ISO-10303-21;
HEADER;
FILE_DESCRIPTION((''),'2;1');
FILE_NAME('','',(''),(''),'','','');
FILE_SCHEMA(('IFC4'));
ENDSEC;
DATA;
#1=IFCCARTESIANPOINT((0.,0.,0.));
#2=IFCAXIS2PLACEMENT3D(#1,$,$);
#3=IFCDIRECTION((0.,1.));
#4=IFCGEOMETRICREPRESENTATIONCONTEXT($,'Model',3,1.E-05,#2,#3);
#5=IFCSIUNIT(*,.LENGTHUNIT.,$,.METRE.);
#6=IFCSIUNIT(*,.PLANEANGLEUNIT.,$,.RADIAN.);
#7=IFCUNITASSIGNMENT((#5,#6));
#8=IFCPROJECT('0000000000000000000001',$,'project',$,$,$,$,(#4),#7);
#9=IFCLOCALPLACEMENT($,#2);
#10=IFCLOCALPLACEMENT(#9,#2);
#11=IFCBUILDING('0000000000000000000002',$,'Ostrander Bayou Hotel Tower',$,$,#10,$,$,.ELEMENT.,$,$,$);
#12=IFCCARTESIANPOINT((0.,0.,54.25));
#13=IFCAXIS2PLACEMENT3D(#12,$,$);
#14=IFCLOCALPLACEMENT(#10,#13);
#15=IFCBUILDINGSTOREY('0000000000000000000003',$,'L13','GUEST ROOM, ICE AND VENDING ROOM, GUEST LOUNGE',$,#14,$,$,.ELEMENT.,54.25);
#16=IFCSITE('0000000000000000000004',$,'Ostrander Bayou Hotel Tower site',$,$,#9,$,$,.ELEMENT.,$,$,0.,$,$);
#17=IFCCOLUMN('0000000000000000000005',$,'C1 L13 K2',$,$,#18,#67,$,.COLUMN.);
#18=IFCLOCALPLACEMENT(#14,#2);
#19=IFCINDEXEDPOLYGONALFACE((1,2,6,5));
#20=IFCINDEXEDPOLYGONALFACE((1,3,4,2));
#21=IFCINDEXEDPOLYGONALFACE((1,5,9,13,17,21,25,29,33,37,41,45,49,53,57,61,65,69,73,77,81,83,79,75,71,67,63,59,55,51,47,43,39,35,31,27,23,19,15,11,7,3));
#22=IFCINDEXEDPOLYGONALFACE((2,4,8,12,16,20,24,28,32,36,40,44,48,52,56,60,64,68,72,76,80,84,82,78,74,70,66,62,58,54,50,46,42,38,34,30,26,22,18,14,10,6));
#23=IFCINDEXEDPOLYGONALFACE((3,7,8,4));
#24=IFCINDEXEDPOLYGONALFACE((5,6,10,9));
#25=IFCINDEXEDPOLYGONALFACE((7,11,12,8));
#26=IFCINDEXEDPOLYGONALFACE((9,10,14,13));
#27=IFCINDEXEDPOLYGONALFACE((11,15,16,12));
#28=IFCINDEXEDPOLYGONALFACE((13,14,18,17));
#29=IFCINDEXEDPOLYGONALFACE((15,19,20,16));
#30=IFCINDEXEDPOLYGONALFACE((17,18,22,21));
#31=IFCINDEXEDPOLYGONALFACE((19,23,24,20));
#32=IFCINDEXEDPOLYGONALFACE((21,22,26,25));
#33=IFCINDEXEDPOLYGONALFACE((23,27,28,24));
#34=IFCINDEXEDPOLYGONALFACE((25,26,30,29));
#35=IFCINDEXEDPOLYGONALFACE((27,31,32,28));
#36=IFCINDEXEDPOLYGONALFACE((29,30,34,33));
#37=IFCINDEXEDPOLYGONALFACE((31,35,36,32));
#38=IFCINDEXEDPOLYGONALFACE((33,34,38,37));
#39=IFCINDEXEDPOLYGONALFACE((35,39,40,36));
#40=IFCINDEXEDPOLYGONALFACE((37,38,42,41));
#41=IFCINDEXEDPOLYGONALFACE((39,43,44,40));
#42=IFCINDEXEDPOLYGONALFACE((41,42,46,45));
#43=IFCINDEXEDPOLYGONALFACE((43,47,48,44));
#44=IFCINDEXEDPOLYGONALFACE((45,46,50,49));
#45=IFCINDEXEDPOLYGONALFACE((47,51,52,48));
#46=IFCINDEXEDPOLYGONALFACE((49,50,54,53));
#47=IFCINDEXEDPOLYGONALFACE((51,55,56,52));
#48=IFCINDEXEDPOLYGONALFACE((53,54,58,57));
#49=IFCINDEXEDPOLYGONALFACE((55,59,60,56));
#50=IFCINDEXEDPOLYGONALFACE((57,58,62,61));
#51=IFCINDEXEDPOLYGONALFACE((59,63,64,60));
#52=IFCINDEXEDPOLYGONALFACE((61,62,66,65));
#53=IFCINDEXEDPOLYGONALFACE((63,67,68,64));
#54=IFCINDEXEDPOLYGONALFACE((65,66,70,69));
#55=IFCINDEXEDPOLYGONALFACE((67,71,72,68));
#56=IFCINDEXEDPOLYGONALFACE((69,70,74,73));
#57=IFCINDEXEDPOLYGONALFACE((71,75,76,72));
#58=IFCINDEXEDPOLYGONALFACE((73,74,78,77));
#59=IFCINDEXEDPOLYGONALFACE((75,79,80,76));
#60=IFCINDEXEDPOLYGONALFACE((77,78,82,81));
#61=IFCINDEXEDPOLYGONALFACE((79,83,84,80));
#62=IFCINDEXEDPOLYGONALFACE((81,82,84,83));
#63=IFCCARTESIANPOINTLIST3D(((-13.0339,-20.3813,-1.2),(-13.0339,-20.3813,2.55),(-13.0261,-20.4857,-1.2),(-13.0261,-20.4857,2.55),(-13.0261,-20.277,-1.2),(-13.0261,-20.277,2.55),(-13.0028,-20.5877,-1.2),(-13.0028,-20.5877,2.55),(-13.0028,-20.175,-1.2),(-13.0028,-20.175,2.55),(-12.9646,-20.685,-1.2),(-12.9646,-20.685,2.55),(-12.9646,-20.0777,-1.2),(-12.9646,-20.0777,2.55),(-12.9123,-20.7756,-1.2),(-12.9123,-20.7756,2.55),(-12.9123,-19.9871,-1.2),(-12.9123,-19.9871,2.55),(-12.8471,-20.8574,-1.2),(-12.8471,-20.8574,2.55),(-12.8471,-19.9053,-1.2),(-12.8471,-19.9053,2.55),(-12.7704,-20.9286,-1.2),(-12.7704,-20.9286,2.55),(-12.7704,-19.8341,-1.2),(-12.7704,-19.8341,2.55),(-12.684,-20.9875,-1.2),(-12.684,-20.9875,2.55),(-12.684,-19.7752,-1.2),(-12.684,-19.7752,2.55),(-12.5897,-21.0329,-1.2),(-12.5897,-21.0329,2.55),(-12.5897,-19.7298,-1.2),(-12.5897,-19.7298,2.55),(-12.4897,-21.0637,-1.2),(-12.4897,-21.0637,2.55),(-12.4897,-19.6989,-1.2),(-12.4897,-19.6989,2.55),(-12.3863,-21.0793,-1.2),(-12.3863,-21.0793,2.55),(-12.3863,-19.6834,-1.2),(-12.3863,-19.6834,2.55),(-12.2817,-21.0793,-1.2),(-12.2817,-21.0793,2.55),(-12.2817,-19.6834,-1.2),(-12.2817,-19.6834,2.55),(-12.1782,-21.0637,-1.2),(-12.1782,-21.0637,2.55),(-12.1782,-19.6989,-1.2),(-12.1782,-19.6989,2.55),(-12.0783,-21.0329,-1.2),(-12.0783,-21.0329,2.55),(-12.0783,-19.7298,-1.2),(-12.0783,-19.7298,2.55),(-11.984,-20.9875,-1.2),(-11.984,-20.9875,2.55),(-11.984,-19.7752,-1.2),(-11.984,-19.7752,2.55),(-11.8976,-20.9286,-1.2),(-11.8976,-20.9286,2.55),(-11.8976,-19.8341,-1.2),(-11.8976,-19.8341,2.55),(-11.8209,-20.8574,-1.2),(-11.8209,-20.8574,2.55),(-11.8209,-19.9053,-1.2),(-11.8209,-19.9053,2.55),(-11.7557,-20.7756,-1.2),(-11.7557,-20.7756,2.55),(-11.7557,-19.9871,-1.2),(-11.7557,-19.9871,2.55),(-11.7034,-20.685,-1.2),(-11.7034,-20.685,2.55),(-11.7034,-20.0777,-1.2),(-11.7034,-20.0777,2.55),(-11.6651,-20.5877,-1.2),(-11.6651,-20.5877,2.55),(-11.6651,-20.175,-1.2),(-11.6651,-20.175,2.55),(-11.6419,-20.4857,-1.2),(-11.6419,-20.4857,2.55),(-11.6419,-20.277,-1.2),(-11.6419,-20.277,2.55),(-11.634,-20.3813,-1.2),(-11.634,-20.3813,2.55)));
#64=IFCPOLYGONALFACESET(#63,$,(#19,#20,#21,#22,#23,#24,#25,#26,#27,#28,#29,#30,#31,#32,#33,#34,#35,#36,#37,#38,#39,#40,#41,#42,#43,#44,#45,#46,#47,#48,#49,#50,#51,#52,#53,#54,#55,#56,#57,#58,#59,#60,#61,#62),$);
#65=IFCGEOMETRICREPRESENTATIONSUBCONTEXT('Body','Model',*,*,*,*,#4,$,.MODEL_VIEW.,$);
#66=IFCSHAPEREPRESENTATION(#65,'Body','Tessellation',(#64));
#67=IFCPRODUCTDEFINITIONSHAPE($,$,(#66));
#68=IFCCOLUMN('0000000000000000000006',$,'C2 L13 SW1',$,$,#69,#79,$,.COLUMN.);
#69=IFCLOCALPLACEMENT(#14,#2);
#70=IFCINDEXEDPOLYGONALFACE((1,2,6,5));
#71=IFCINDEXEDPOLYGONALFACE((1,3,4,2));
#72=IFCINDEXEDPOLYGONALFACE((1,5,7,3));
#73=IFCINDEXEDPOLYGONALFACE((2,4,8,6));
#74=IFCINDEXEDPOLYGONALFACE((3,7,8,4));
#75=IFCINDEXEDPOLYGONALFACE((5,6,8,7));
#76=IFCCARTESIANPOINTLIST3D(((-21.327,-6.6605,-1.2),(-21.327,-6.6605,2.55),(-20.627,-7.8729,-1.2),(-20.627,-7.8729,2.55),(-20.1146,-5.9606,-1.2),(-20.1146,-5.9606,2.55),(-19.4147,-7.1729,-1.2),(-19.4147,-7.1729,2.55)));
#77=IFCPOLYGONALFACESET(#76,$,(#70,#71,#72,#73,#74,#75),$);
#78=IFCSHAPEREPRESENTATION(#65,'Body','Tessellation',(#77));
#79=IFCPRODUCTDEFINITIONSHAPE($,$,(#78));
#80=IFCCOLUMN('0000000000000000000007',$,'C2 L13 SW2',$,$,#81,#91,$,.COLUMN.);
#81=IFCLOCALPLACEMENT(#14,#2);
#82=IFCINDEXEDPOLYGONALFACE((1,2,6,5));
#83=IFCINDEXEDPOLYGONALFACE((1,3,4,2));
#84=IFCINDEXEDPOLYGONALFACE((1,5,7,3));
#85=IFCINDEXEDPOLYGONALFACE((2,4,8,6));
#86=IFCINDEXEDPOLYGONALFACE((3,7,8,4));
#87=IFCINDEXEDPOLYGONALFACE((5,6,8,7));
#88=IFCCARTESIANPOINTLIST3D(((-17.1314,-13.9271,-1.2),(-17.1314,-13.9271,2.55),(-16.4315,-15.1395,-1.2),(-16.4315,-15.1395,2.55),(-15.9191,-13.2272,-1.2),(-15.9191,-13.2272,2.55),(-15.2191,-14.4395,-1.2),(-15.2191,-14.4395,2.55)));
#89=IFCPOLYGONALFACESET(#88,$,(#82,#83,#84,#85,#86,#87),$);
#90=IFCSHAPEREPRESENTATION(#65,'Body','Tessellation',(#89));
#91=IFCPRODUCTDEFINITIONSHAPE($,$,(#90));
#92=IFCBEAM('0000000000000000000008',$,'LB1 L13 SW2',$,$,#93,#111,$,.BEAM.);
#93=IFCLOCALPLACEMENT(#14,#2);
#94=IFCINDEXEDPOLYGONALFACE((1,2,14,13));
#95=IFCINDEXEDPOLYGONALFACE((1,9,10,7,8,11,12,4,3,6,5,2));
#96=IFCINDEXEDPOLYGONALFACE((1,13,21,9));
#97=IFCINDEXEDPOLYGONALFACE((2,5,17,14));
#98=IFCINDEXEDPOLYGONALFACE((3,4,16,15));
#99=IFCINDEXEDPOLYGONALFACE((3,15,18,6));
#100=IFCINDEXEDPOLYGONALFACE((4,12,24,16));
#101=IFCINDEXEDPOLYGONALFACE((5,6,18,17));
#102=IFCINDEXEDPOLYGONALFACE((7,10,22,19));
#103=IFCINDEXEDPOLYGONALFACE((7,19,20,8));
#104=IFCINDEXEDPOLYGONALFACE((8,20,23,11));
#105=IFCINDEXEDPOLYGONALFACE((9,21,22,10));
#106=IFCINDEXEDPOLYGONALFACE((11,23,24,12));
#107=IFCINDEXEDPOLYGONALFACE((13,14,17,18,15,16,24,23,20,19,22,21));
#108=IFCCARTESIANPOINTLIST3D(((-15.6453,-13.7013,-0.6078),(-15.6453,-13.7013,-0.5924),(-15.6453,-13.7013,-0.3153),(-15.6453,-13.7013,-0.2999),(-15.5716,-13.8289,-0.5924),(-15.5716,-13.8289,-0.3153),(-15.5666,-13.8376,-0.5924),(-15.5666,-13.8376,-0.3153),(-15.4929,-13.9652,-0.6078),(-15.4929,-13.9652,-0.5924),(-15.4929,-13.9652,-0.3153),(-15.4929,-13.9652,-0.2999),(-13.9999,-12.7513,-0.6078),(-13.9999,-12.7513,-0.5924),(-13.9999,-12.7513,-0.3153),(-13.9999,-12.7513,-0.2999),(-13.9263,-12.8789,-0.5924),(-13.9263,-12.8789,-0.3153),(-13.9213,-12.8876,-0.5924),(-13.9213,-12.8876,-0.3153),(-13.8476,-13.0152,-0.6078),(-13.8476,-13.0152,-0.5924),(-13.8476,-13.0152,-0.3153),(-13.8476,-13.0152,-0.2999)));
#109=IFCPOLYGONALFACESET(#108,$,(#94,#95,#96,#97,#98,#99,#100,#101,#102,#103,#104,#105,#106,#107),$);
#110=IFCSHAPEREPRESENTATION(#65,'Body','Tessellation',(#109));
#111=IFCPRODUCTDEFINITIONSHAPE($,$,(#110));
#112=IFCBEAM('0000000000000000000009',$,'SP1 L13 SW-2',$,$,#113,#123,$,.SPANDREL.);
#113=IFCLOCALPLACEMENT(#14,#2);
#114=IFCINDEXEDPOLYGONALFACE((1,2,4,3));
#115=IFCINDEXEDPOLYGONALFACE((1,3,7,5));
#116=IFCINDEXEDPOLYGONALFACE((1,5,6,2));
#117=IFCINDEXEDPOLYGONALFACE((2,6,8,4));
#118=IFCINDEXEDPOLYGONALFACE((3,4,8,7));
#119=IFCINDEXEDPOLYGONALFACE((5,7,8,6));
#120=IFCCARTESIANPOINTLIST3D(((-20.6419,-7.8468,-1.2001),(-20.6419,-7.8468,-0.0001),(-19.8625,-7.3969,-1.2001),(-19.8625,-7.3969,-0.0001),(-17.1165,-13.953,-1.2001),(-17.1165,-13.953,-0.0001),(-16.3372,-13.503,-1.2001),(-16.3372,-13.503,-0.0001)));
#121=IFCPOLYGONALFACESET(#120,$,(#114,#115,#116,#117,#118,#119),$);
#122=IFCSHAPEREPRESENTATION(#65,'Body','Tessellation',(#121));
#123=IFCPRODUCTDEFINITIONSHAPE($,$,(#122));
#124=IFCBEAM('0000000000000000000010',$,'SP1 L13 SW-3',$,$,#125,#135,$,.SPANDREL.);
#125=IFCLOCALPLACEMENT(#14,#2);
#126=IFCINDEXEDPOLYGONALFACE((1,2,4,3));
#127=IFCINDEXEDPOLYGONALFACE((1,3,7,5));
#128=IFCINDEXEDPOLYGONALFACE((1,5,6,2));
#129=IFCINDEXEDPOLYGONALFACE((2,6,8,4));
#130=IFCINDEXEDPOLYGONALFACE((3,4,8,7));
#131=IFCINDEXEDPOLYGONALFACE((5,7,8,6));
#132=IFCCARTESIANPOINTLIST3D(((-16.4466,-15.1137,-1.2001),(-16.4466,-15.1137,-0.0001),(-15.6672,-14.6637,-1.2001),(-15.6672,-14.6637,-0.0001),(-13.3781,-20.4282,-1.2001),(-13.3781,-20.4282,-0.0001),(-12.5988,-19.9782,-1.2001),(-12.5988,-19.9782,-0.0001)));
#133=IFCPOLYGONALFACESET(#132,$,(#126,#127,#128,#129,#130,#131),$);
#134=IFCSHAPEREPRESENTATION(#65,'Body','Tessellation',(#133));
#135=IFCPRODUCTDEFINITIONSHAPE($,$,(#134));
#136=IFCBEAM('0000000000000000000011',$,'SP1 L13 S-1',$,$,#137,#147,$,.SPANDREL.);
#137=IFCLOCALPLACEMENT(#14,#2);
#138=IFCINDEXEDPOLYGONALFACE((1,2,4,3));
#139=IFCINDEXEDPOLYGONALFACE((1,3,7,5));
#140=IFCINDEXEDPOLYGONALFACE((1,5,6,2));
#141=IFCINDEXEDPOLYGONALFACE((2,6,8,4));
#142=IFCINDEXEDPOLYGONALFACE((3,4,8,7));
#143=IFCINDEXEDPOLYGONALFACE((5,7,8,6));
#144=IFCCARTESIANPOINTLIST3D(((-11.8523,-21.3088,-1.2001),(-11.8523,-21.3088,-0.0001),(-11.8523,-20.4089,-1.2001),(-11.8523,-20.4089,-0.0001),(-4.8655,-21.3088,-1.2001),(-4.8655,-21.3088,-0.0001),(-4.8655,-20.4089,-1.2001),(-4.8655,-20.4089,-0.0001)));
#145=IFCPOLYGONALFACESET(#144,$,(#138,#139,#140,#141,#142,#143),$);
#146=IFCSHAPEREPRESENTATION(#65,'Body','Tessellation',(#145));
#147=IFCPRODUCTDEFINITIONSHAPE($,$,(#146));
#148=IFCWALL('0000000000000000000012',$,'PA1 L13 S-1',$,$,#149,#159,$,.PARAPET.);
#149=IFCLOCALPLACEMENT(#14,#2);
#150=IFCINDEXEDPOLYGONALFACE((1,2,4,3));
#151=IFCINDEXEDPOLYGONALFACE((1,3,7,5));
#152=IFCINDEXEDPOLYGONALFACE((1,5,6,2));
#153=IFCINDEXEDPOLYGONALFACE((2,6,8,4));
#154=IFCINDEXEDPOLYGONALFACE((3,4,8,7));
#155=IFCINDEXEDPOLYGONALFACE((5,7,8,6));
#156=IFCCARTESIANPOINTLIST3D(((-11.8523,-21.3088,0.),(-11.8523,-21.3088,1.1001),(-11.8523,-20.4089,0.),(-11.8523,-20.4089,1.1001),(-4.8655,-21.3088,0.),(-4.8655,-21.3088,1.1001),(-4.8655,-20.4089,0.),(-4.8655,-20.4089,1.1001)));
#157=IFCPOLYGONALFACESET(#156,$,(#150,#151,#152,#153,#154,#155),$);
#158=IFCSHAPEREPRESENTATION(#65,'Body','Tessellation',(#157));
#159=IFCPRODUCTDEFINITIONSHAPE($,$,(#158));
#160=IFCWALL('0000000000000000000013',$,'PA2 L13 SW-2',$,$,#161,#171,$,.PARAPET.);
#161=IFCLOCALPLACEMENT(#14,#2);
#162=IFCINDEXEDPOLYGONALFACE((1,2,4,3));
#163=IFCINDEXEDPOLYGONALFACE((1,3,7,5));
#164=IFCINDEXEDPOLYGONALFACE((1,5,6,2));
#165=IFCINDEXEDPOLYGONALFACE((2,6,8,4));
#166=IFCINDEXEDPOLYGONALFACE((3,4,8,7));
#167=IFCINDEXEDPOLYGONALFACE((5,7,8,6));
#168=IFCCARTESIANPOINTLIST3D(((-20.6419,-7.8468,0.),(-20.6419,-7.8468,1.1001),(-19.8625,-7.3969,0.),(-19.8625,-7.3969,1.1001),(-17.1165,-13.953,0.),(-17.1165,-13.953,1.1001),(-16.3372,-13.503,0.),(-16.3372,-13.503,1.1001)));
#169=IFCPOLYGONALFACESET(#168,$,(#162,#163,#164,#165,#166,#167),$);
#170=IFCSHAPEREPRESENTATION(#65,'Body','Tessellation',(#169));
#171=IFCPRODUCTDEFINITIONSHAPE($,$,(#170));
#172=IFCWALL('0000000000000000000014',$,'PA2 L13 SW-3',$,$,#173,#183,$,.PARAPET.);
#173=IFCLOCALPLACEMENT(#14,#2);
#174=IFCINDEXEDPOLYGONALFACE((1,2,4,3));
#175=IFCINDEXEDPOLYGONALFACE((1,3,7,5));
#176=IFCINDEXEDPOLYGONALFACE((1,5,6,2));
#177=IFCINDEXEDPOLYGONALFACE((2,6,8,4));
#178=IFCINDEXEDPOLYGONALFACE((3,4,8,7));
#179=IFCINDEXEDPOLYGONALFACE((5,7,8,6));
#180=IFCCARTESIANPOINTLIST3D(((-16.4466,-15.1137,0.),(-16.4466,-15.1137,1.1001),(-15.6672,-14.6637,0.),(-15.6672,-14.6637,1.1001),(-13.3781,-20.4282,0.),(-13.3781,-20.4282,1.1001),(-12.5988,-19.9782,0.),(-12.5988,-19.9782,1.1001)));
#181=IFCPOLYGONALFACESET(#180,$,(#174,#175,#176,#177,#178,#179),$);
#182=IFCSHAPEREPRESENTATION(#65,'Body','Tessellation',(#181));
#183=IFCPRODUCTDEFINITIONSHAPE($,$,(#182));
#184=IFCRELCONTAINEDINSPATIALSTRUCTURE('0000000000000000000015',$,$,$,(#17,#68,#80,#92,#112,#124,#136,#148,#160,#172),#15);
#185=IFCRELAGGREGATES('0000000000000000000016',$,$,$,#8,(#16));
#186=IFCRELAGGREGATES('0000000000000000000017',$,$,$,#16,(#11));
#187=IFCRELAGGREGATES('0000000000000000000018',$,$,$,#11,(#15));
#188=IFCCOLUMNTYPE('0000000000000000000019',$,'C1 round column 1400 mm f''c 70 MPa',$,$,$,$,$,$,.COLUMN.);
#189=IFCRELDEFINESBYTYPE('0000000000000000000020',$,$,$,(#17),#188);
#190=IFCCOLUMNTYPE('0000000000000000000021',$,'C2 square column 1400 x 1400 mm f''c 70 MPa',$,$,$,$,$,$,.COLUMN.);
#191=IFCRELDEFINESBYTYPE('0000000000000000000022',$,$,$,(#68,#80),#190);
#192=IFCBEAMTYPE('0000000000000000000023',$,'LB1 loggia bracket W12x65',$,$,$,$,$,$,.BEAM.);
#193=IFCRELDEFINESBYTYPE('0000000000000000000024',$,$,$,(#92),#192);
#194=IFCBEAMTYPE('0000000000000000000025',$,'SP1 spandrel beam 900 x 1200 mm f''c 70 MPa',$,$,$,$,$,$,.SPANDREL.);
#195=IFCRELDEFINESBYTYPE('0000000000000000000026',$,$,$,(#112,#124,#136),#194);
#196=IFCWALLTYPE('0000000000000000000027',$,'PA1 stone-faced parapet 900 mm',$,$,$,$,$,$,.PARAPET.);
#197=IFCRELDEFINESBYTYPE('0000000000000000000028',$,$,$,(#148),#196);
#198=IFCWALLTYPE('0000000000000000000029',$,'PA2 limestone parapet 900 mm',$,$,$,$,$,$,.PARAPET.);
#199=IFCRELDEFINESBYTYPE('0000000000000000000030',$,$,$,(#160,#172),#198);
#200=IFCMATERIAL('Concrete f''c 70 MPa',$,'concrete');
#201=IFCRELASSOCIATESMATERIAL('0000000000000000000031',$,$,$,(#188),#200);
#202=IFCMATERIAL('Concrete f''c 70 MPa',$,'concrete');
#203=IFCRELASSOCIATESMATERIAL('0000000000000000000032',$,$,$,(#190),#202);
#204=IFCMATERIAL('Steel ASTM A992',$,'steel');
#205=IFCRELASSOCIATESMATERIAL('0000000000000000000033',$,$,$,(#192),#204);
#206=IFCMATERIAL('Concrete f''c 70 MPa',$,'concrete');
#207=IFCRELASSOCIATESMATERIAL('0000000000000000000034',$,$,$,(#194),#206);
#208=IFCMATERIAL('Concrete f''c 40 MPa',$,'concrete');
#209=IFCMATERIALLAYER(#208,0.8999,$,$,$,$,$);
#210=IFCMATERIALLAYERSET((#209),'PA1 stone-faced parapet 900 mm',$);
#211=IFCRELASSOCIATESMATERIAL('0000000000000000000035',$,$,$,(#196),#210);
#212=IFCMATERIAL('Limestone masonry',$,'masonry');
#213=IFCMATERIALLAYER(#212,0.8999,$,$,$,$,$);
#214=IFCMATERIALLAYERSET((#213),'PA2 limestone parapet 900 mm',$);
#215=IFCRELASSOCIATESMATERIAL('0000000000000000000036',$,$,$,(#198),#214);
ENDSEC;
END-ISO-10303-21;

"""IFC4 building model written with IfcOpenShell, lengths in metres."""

from ifc_helpers import new_model, si_unit, direction, frame, frame_2d, origin, origin_2d, place, context, subcontext, project, spatial, rectangle, circle, i_section, extrude, material, layer, layer_set, material_profile, profile_set, type_object, element, save


model = new_model("IFC4")

# Units and contexts
model_context = context("Model", 3, precision=1e-05, world=origin(), true_north=direction((0.0, 1.0)))
body_context = subcontext(model_context, "Body", "Model", "MODEL_VIEW")
ifc_project = project(units=[si_unit("LENGTHUNIT", "METRE"), si_unit("PLANEANGLEUNIT", "RADIAN")], contexts=[model_context])

# Site, building, storey
site_placement = place(None, origin())
site = spatial("IfcSite", under=ifc_project, at=site_placement, Name="Ostrander Bayou Hotel Tower site", CompositionType="ELEMENT", RefElevation=0.0)
building_placement = place(site_placement, origin())
building = spatial("IfcBuilding", under=site, at=building_placement, Name="Ostrander Bayou Hotel Tower", CompositionType="ELEMENT")
storey_placement = place(building_placement, frame((0.0, 0.0, 54.25)))
storey = spatial("IfcBuildingStorey", under=building, at=storey_placement, Name="L13", Description="GUEST ROOM, ICE AND VENDING ROOM, GUEST LOUNGE", CompositionType="ELEMENT", Elevation=54.25)

# Columns
ifc_material_1 = material(Name="Concrete f'c 70 MPa", Category="concrete")
ifc_material_profile_1 = material_profile(ifc_material_1, circle(Radius=0.7, at=origin_2d()))
ifc_profile_set_1 = profile_set([ifc_material_profile_1], Name="Concrete f'c 70 MPa")
column_type_1 = type_object("IfcColumnType", Name="C1 round column 1400 mm f'c 70 MPa", PredefinedType="COLUMN", material=ifc_profile_set_1)
column_placement = place(storey_placement, frame((-12.334, -20.3813, -1.2), z_axis=(0.0, 0.0, 1.0), x_axis=(1.0, 0.0, 0.0)))
element("IfcColumn", 1, at=column_placement, inside=storey, type_object=column_type_1, Name="C1 L13 K2", PredefinedType="COLUMN", context=body_context, shape_type="SweptSolid", body=[
    extrude(circle(Radius=0.7, at=origin_2d()), origin(), (0.0, 0.0, 1.0), 3.75),
])
ifc_material_2 = material(Name="Concrete f'c 70 MPa", Category="concrete")
ifc_material_profile_2 = material_profile(ifc_material_2, rectangle(XDim=1.3999, YDim=1.3999, at=origin_2d()))
ifc_profile_set_2 = profile_set([ifc_material_profile_2], Name="Concrete f'c 70 MPa")
column_type_2 = type_object("IfcColumnType", Name="C2 square column 1400 x 1400 mm f'c 70 MPa", PredefinedType="COLUMN", material=ifc_profile_set_2)
for number, where, z_axis, x_axis, name in (
    (2, (-20.3708, -6.9167, -1.2), (0.0, 0.0, 1.0), (-0.5, 0.866025, 0.0), "C2 L13 SW1"),
    (3, (-16.1753, -14.1833, -1.2), (0.0, 0.0, 1.0), (-0.5, 0.866025, 0.0), "C2 L13 SW2"),
):
    element("IfcColumn", number, at=place(storey_placement, frame(where, z_axis=z_axis, x_axis=x_axis)), inside=storey, type_object=column_type_2, Name=name, PredefinedType="COLUMN", context=body_context, shape_type="SweptSolid", body=[
        extrude(rectangle(XDim=1.3999, YDim=1.3999, at=origin_2d()), origin(), (0.0, 0.0, 1.0), 3.75),
    ])

# Beams
ifc_material_3 = material(Name="Steel ASTM A992", Category="steel")
ifc_material_profile_3 = material_profile(ifc_material_3, i_section(OverallWidth=0.3047, OverallDepth=0.3079, WebThickness=0.01, FlangeThickness=0.0154, at=origin_2d()))
ifc_profile_set_3 = profile_set([ifc_material_profile_3], Name="Steel ASTM A992")
beam_type_1 = type_object("IfcBeamType", Name="LB1 loggia bracket W12x65", PredefinedType="BEAM", material=ifc_profile_set_3)
beam_1_placement = place(storey_placement, frame((-15.5691, -13.8333, -0.4539), z_axis=(0.866012, 0.500023, 0.0), x_axis=(-0.500023, 0.866012, 0.0)))
element("IfcBeam", 4, at=beam_1_placement, inside=storey, type_object=beam_type_1, Name="LB1 L13 SW2", PredefinedType="BEAM", context=body_context, shape_type="SweptSolid", body=[
    extrude(i_section(OverallWidth=0.3047, OverallDepth=0.3079, WebThickness=0.01, FlangeThickness=0.0154, at=origin_2d()), origin(), (0.0, 0.0, 1.0), 1.8999),
])
ifc_material_4 = material(Name="Concrete f'c 70 MPa", Category="concrete")
ifc_material_profile_4 = material_profile(ifc_material_4, rectangle(XDim=0.8999, YDim=1.2, at=origin_2d()))
ifc_profile_set_4 = profile_set([ifc_material_profile_4], Name="Concrete f'c 70 MPa")
beam_type_2 = type_object("IfcBeamType", Name="SP1 spandrel beam 900 x 1200 mm f'c 70 MPa", PredefinedType="SPANDREL", material=ifc_profile_set_4)
beam_2_placement = place(storey_placement, frame((-20.2522, -7.6218, -0.6001), z_axis=(0.499997, -0.866027, 0.0), x_axis=(0.866027, 0.499997, 0.0)))
element("IfcBeam", 5, at=beam_2_placement, inside=storey, type_object=beam_type_2, Name="SP1 L13 SW-2", PredefinedType="SPANDREL", context=body_context, shape_type="SweptSolid", body=[
    extrude(rectangle(XDim=0.8999, YDim=1.2, at=origin_2d()), origin(), (0.0, 0.0, 1.0), 7.0508),
])
beam_3_placement = place(storey_placement, frame((-16.0569, -14.8887, -0.6001), z_axis=(0.500007, -0.866021, 0.0), x_axis=(0.866021, 0.500007, 0.0)))
element("IfcBeam", 6, at=beam_3_placement, inside=storey, type_object=beam_type_2, Name="SP1 L13 SW-3", PredefinedType="SPANDREL", context=body_context, shape_type="SweptSolid", body=[
    extrude(rectangle(XDim=0.8999, YDim=1.2, at=origin_2d()), origin(), (0.0, 0.0, 1.0), 6.1367),
])
beam_4_placement = place(storey_placement, frame((-11.8523, -20.8589, -0.6001), z_axis=(1.0, 0.0, 0.0), x_axis=(0.0, 1.0, 0.0)))
element("IfcBeam", 7, at=beam_4_placement, inside=storey, type_object=beam_type_2, Name="SP1 L13 S-1", PredefinedType="SPANDREL", context=body_context, shape_type="SweptSolid", body=[
    extrude(rectangle(XDim=0.8999, YDim=1.2, at=origin_2d()), origin(), (0.0, 0.0, 1.0), 6.9868),
])

# Walls
ifc_material_5 = material(Name="Concrete f'c 40 MPa", Category="concrete")
ifc_layer_1 = layer(ifc_material_5, 0.8999)
ifc_layer_set_1 = layer_set([ifc_layer_1], Name="PA1 stone-faced parapet 900 mm")
wall_type_1 = type_object("IfcWallType", Name="PA1 stone-faced parapet 900 mm", PredefinedType="PARAPET", material=ifc_layer_set_1)
wall_1_placement = place(storey_placement, frame((-11.8523, -20.8589, 0.0), z_axis=(0.0, 0.0, 1.0), x_axis=(1.0, 0.0, 0.0)))
element("IfcWall", 8, at=wall_1_placement, inside=storey, type_object=wall_type_1, Name="PA1 L13 S-1", PredefinedType="PARAPET", context=body_context, shape_type="SweptSolid", body=[
    extrude(rectangle(XDim=6.9868, YDim=0.8999, at=frame_2d((3.4934, 0.0))), origin(), (0.0, 0.0, 1.0), 1.1001),
])
ifc_material_6 = material(Name="Limestone masonry", Category="masonry")
ifc_layer_2 = layer(ifc_material_6, 0.8999)
ifc_layer_set_2 = layer_set([ifc_layer_2], Name="PA2 limestone parapet 900 mm")
wall_type_2 = type_object("IfcWallType", Name="PA2 limestone parapet 900 mm", PredefinedType="PARAPET", material=ifc_layer_set_2)
wall_2_placement = place(storey_placement, frame((-20.2522, -7.6218, 0.0), z_axis=(0.0, 0.0, 1.0), x_axis=(0.499997, -0.866027, 0.0)))
element("IfcWall", 9, at=wall_2_placement, inside=storey, type_object=wall_type_2, Name="PA2 L13 SW-2", PredefinedType="PARAPET", context=body_context, shape_type="SweptSolid", body=[
    extrude(rectangle(XDim=7.0508, YDim=0.8999, at=frame_2d((3.5254, 0.0))), origin(), (0.0, 0.0, 1.0), 1.1001),
])
wall_3_placement = place(storey_placement, frame((-16.0569, -14.8887, 0.0), z_axis=(0.0, 0.0, 1.0), x_axis=(0.500007, -0.866021, 0.0)))
element("IfcWall", 10, at=wall_3_placement, inside=storey, type_object=wall_type_2, Name="PA2 L13 SW-3", PredefinedType="PARAPET", context=body_context, shape_type="SweptSolid", body=[
    extrude(rectangle(XDim=6.1367, YDim=0.8999, at=frame_2d((3.0684, 0.0))), origin(), (0.0, 0.0, 1.0), 1.1001),
])

save(model, "model.ifc")
